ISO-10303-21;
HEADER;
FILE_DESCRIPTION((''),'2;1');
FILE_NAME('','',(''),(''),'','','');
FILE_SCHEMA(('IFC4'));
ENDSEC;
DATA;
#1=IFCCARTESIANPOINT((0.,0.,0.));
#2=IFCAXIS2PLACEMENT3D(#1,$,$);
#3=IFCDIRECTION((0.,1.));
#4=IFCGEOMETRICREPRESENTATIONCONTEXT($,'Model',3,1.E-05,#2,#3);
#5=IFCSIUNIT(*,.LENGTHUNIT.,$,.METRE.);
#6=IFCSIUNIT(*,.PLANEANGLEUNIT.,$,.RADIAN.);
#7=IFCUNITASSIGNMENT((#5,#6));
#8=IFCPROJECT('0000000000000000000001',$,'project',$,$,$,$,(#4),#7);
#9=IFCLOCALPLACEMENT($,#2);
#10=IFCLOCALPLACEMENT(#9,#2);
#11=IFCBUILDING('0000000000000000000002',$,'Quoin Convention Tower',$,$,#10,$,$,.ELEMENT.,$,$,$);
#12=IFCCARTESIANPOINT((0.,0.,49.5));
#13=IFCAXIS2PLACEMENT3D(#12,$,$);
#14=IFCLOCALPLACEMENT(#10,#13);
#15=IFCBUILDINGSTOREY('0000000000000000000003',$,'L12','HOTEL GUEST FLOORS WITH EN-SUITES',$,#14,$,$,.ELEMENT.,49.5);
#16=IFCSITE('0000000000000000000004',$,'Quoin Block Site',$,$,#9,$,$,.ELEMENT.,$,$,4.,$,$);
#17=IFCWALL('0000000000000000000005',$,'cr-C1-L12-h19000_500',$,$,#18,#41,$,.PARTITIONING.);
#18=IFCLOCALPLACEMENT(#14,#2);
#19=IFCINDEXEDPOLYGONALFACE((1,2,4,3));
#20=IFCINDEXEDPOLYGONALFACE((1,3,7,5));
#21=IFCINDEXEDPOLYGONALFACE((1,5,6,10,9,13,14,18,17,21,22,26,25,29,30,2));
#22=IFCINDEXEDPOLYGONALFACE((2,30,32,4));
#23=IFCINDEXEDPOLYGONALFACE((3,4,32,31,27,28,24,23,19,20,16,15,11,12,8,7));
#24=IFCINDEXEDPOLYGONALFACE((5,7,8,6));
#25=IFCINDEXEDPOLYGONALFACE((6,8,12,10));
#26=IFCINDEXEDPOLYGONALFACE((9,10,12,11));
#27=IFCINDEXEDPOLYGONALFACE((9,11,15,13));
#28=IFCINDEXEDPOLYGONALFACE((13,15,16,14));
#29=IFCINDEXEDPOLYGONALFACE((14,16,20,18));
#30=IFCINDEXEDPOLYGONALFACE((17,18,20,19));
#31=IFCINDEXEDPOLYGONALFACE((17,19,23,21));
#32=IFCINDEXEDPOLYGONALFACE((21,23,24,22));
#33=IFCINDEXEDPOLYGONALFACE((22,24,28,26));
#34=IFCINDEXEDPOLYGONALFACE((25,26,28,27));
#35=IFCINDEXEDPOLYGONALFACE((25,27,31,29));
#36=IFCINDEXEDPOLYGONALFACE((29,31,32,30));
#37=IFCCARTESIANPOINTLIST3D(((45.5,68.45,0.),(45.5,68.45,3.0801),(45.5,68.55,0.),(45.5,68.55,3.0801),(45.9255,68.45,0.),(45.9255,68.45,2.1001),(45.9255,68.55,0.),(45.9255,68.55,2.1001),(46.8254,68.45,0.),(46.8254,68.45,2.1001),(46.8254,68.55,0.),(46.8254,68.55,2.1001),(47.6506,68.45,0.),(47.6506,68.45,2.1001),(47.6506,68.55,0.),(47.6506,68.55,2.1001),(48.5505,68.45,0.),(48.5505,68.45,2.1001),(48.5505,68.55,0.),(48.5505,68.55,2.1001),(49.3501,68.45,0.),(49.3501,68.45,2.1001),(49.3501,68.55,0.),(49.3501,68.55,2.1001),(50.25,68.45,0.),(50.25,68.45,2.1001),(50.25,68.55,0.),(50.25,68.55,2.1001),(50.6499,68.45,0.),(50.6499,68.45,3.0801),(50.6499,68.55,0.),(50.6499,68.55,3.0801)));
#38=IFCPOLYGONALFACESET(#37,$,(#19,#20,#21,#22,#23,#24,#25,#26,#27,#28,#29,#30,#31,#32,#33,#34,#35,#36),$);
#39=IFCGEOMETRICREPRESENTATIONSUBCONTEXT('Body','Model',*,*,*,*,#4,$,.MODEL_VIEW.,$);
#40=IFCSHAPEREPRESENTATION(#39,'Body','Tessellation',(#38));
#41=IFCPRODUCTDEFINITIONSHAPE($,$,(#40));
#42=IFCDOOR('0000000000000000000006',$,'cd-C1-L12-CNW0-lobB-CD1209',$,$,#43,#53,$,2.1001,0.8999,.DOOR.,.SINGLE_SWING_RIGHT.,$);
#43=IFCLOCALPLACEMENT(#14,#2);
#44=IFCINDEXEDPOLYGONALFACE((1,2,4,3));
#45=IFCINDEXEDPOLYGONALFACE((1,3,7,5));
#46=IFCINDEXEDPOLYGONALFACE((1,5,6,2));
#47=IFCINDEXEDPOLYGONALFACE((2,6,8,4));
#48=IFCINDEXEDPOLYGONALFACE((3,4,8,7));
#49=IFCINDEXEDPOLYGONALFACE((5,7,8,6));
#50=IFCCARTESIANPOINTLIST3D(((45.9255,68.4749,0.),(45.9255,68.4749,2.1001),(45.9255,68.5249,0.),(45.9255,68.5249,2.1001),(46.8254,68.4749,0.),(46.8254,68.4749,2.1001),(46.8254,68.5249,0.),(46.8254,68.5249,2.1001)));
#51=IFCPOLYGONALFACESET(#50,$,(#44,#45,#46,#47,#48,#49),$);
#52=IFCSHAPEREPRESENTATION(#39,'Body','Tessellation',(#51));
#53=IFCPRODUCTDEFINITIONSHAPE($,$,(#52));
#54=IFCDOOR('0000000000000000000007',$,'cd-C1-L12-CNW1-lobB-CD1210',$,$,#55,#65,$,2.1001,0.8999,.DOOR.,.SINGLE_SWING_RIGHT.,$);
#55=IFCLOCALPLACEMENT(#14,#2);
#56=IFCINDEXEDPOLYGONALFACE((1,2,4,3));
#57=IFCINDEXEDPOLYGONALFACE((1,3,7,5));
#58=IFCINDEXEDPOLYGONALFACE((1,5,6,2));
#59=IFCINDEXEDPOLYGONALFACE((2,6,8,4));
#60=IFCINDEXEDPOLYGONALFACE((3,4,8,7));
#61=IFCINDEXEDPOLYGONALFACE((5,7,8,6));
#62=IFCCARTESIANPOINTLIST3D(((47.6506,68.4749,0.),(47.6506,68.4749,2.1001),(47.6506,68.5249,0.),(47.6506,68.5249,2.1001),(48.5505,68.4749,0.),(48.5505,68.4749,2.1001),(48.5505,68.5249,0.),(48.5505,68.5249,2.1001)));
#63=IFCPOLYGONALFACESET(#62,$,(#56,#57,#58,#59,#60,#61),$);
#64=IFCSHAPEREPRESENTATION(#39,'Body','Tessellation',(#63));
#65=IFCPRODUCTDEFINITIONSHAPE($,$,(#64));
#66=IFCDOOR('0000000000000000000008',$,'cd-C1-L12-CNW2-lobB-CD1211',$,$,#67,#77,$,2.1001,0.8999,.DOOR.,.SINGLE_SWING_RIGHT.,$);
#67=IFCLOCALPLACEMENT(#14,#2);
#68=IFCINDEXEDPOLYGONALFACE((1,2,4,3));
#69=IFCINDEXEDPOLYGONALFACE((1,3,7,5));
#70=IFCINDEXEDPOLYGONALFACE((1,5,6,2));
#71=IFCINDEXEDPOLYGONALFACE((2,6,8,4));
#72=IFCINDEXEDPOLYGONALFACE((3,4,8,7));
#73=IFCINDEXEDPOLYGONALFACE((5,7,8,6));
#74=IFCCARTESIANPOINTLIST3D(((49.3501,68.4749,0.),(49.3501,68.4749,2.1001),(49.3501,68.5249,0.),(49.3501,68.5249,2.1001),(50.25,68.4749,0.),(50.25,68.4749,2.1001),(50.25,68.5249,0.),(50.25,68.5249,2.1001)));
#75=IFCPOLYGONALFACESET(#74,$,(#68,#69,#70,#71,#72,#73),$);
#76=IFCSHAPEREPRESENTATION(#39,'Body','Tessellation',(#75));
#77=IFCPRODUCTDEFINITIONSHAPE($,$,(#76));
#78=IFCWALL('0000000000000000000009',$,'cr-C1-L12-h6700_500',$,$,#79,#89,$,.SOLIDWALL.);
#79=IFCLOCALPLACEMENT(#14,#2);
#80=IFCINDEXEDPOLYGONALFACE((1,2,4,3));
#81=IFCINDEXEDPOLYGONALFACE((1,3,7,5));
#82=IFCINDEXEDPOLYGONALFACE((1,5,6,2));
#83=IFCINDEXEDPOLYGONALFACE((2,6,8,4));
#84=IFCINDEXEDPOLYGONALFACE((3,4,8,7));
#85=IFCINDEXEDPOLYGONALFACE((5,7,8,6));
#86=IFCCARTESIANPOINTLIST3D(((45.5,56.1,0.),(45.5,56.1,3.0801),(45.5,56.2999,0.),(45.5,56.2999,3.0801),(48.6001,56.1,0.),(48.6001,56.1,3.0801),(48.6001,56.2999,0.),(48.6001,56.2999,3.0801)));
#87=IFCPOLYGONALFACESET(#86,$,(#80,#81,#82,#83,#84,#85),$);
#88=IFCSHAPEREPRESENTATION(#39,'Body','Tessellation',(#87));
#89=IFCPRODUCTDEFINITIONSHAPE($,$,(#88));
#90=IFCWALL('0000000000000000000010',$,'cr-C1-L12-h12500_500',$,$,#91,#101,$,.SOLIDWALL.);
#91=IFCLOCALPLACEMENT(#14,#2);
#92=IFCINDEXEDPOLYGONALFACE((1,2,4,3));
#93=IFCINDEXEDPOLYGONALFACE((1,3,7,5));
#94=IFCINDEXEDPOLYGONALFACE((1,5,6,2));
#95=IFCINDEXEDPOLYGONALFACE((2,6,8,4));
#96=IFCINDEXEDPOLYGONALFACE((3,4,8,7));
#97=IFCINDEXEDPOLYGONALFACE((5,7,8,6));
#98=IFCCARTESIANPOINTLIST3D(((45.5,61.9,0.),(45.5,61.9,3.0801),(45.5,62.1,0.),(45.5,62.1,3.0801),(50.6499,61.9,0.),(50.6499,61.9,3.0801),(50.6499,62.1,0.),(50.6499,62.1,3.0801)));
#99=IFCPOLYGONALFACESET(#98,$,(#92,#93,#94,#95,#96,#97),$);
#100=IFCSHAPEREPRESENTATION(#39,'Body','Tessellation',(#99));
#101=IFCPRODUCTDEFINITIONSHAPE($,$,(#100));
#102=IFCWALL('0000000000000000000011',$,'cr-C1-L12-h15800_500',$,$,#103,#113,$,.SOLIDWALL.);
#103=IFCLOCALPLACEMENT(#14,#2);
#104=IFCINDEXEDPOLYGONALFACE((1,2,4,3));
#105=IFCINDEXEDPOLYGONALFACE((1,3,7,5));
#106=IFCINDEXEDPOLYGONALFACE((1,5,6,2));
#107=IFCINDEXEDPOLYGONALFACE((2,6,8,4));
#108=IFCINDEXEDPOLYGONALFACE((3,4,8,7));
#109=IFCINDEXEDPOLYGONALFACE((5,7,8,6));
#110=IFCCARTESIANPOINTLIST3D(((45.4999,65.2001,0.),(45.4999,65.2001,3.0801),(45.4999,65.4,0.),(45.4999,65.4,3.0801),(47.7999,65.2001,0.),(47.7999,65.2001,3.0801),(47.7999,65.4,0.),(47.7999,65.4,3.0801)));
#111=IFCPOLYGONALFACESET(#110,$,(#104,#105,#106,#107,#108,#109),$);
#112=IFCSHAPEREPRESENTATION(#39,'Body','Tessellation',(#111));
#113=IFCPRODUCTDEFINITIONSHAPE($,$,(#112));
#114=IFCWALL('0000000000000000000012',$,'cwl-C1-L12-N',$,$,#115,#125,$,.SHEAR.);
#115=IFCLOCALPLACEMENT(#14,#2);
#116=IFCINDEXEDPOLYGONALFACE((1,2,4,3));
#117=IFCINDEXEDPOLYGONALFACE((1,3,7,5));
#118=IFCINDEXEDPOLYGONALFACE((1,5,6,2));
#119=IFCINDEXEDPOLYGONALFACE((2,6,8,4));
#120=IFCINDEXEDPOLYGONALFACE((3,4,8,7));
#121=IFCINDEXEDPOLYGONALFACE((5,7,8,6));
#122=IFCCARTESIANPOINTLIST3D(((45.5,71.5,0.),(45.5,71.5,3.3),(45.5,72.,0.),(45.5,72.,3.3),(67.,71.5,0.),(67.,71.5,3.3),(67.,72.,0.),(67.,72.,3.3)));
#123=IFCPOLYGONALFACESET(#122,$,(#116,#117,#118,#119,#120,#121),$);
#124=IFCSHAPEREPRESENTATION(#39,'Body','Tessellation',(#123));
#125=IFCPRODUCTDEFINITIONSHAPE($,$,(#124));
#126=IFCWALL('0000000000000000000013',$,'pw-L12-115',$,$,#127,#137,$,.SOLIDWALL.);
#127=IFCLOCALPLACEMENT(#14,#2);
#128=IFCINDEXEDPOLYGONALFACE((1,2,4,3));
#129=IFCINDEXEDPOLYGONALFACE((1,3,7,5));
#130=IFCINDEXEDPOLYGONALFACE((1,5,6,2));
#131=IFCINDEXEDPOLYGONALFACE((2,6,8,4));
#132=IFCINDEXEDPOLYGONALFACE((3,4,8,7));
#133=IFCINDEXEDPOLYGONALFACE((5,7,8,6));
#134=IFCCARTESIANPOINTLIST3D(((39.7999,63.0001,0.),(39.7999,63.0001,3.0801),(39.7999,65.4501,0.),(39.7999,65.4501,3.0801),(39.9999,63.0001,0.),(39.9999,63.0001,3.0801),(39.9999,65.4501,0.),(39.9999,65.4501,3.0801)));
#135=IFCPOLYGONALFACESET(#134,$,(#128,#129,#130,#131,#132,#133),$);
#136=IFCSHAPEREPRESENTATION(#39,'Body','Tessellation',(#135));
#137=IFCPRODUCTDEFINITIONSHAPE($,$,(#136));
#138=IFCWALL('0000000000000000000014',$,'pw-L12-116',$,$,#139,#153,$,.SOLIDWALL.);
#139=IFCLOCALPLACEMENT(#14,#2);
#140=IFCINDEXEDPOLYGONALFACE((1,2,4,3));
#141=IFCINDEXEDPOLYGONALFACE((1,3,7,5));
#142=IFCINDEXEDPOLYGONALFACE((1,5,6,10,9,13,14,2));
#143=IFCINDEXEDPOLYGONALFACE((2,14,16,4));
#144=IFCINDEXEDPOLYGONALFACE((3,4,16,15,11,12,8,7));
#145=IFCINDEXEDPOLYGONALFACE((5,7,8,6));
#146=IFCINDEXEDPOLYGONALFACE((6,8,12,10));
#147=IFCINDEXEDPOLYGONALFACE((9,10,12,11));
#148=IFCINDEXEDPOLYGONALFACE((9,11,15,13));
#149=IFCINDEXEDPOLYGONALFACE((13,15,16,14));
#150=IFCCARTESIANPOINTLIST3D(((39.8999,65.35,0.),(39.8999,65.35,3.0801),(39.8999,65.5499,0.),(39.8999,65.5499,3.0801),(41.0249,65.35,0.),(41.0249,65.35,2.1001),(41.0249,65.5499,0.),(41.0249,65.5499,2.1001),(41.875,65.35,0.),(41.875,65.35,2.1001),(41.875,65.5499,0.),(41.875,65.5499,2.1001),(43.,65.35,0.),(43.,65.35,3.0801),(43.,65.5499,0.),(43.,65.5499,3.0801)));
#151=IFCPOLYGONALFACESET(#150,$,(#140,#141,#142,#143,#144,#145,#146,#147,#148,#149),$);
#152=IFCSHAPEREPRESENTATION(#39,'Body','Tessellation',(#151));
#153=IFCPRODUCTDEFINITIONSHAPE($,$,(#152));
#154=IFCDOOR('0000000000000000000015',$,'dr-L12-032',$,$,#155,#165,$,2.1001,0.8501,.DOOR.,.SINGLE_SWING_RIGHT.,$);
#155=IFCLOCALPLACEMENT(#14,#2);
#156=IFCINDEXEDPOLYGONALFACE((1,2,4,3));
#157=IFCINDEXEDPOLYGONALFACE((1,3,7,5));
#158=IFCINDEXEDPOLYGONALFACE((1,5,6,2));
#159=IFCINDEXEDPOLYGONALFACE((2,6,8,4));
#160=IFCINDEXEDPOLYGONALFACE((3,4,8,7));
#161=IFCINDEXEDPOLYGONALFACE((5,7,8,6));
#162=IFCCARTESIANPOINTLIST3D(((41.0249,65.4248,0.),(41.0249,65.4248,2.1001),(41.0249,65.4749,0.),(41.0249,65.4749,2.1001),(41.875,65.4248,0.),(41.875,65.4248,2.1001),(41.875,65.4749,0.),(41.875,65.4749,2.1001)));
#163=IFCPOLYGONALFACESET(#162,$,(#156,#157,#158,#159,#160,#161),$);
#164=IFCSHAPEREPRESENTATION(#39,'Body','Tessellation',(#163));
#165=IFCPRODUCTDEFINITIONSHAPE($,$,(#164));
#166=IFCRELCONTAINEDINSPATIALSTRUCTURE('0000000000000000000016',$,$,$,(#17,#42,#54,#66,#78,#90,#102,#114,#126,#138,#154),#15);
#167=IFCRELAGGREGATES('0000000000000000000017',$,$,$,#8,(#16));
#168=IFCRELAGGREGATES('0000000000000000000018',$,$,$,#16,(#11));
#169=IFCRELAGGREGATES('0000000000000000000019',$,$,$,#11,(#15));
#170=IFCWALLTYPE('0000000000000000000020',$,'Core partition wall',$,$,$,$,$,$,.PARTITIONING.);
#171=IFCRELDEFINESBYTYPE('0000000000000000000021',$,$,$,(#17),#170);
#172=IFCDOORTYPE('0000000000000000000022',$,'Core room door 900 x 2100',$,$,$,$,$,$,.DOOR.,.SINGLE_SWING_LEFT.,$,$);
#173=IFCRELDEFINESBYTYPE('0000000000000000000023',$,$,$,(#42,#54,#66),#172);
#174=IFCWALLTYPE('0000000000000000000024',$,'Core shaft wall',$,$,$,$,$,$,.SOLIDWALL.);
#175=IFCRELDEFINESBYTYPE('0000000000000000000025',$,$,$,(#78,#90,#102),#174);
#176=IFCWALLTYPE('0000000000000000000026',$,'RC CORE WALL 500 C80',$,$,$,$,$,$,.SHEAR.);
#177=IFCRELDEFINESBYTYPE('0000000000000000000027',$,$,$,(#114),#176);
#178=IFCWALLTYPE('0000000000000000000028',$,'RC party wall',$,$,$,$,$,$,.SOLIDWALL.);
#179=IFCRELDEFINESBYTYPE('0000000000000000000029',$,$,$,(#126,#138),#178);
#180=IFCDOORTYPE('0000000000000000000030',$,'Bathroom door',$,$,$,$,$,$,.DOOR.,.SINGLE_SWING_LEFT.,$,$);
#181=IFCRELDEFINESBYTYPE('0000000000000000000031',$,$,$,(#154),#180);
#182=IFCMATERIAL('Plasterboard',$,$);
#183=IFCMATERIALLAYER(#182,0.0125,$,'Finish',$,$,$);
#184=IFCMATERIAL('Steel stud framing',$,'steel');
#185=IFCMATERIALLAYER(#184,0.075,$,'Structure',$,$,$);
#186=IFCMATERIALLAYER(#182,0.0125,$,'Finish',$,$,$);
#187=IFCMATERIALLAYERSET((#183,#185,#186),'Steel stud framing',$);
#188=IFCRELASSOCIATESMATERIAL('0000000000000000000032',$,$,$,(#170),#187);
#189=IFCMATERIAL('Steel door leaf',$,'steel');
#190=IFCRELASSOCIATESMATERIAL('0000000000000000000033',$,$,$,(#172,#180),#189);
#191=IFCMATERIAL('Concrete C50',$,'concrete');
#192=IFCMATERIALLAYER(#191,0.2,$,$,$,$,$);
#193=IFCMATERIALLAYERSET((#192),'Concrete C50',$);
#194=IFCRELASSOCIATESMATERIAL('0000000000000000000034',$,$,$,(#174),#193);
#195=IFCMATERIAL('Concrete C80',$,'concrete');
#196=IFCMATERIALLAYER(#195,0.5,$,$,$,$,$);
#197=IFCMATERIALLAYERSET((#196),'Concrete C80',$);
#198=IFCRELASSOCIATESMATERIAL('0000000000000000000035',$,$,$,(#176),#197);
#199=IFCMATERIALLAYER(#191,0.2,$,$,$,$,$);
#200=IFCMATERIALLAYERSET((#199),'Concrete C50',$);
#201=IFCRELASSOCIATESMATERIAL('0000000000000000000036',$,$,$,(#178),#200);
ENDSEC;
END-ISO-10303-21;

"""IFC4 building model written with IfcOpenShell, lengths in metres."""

from ifc_helpers import new_model, si_unit, direction, frame, frame_2d, origin, place, context, subcontext, project, spatial, rectangle, extrude, material, layer, layer_set, type_object, element, fill, save


model = new_model("IFC4")

# Units and contexts
model_context = context("Model", 3, precision=1e-05, world=origin(), true_north=direction((0.0, 1.0)))
body_context = subcontext(model_context, "Body", "Model", "MODEL_VIEW")
ifc_project = project(units=[si_unit("LENGTHUNIT", "METRE"), si_unit("PLANEANGLEUNIT", "RADIAN")], contexts=[model_context])

# Site, building, storey
site_placement = place(None, origin())
site = spatial("IfcSite", under=ifc_project, at=site_placement, Name="Quoin Block Site", CompositionType="ELEMENT", RefElevation=4.0)
building_placement = place(site_placement, origin())
building = spatial("IfcBuilding", under=site, at=building_placement, Name="Quoin Convention Tower", CompositionType="ELEMENT")
storey_placement = place(building_placement, frame((0.0, 0.0, 49.5)))
storey = spatial("IfcBuildingStorey", under=building, at=storey_placement, Name="L12", Description="HOTEL GUEST FLOORS WITH EN-SUITES", CompositionType="ELEMENT", Elevation=49.5)

# Wall, openings, doors
ifc_material_1 = material(Name="Plasterboard")
ifc_layer_1 = layer(ifc_material_1, 0.0125, Name="Finish")
ifc_material_2 = material(Name="Steel stud framing", Category="steel")
ifc_layer_2 = layer(ifc_material_2, 0.075, Name="Structure")
ifc_layer_3 = layer(ifc_material_1, 0.0125, Name="Finish")
ifc_layer_set_1 = layer_set([ifc_layer_1, ifc_layer_2, ifc_layer_3], Name="Steel stud framing")
wall_type_1 = type_object("IfcWallType", Name="Core partition wall", PredefinedType="PARTITIONING", material=ifc_layer_set_1)
wall_1_placement = place(storey_placement, frame((45.5, 68.5, 0.0), z_axis=(0.0, 0.0, 1.0), x_axis=(1.0, 0.0, 0.0)))
wall_1 = element("IfcWall", 1, at=wall_1_placement, inside=storey, type_object=wall_type_1, Name="cr-C1-L12-h19000_500", PredefinedType="PARTITIONING", context=body_context, shape_type="SweptSolid", body=[
    extrude(rectangle(XDim=5.1499, YDim=0.1001, at=frame_2d((2.575, 0.0))), origin(), (0.0, 0.0, 1.0), 3.0801),
])
opening_1_placement = place(wall_1_placement, frame((0.4255, 0.0, 0.0)))
opening_1 = element("IfcOpeningElement", 2, at=opening_1_placement, cuts=wall_1, PredefinedType="OPENING", context=body_context, shape_type="SweptSolid", body=[
    extrude(rectangle(XDim=0.8999, YDim=2.1001, at=frame_2d((0.45, 1.05))), frame((0.0, 0.0601, 0.0), z_axis=(0.0, -1.0, 0.0), x_axis=(1.0, 0.0, 0.0)), (0.0, 0.0, 1.0), 0.1201),
])
opening_2_placement = place(wall_1_placement, frame((2.1506, 0.0, 0.0)))
opening_2 = element("IfcOpeningElement", 3, at=opening_2_placement, cuts=wall_1, PredefinedType="OPENING", context=body_context, shape_type="SweptSolid", body=[
    extrude(rectangle(XDim=0.8999, YDim=2.1001, at=frame_2d((0.45, 1.05))), frame((0.0, 0.0601, 0.0), z_axis=(0.0, -1.0, 0.0), x_axis=(1.0, 0.0, 0.0)), (0.0, 0.0, 1.0), 0.1201),
])
opening_3_placement = place(wall_1_placement, frame((3.8501, 0.0, 0.0)))
opening_3 = element("IfcOpeningElement", 4, at=opening_3_placement, cuts=wall_1, PredefinedType="OPENING", context=body_context, shape_type="SweptSolid", body=[
    extrude(rectangle(XDim=0.8999, YDim=2.1001, at=frame_2d((0.45, 1.05))), frame((0.0, 0.0601, 0.0), z_axis=(0.0, -1.0, 0.0), x_axis=(1.0, 0.0, 0.0)), (0.0, 0.0, 1.0), 0.1201),
])
ifc_material_3 = material(Name="Steel door leaf", Category="steel")
door_type_1 = type_object("IfcDoorType", Name="Core room door 900 x 2100", OperationType="SINGLE_SWING_LEFT", PredefinedType="DOOR", material=ifc_material_3)
door_1_placement = place(opening_1_placement, origin())
door_1 = element("IfcDoor", 5, at=door_1_placement, inside=storey, type_object=door_type_1, Name="cd-C1-L12-CNW0-lobB-CD1209", OperationType="SINGLE_SWING_RIGHT", OverallHeight=2.1001, OverallWidth=0.8999, PredefinedType="DOOR", context=body_context, shape_type="SweptSolid", body=[
    extrude(rectangle(XDim=0.8999, YDim=2.1001, at=frame_2d((0.45, 1.05))), frame((0.0, 0.0249, 0.0), z_axis=(0.0, -1.0, 0.0), x_axis=(1.0, 0.0, 0.0)), (0.0, 0.0, 1.0), 0.05),
])
fill(opening_1, door_1)
door_2_placement = place(opening_2_placement, origin())
door_2 = element("IfcDoor", 6, at=door_2_placement, inside=storey, type_object=door_type_1, Name="cd-C1-L12-CNW1-lobB-CD1210", OperationType="SINGLE_SWING_RIGHT", OverallHeight=2.1001, OverallWidth=0.8999, PredefinedType="DOOR", context=body_context, shape_type="SweptSolid", body=[
    extrude(rectangle(XDim=0.8999, YDim=2.1001, at=frame_2d((0.45, 1.05))), frame((0.0, 0.0249, 0.0), z_axis=(0.0, -1.0, 0.0), x_axis=(1.0, 0.0, 0.0)), (0.0, 0.0, 1.0), 0.05),
])
fill(opening_2, door_2)
door_3_placement = place(opening_3_placement, origin())
door_3 = element("IfcDoor", 7, at=door_3_placement, inside=storey, type_object=door_type_1, Name="cd-C1-L12-CNW2-lobB-CD1211", OperationType="SINGLE_SWING_RIGHT", OverallHeight=2.1001, OverallWidth=0.8999, PredefinedType="DOOR", context=body_context, shape_type="SweptSolid", body=[
    extrude(rectangle(XDim=0.8999, YDim=2.1001, at=frame_2d((0.45, 1.05))), frame((0.0, 0.0249, 0.0), z_axis=(0.0, -1.0, 0.0), x_axis=(1.0, 0.0, 0.0)), (0.0, 0.0, 1.0), 0.05),
])
fill(opening_3, door_3)

# Walls
ifc_material_4 = material(Name="Concrete C50", Category="concrete")
ifc_layer_4 = layer(ifc_material_4, 0.2)
ifc_layer_set_2 = layer_set([ifc_layer_4], Name="Concrete C50")
wall_type_2 = type_object("IfcWallType", Name="Core shaft wall", PredefinedType="SOLIDWALL", material=ifc_layer_set_2)
wall_2_placement = place(storey_placement, frame((45.5, 56.2, 0.0), z_axis=(0.0, 0.0, 1.0), x_axis=(1.0, 0.0, 0.0)))
element("IfcWall", 8, at=wall_2_placement, inside=storey, type_object=wall_type_2, Name="cr-C1-L12-h6700_500", PredefinedType="SOLIDWALL", context=body_context, shape_type="SweptSolid", body=[
    extrude(rectangle(XDim=3.1001, YDim=0.2, at=frame_2d((1.55, 0.0))), origin(), (0.0, 0.0, 1.0), 3.0801),
])
wall_3_placement = place(storey_placement, frame((45.5, 62.0, 0.0), z_axis=(0.0, 0.0, 1.0), x_axis=(1.0, 0.0, 0.0)))
element("IfcWall", 9, at=wall_3_placement, inside=storey, type_object=wall_type_2, Name="cr-C1-L12-h12500_500", PredefinedType="SOLIDWALL", context=body_context, shape_type="SweptSolid", body=[
    extrude(rectangle(XDim=5.1499, YDim=0.2, at=frame_2d((2.575, 0.0))), origin(), (0.0, 0.0, 1.0), 3.0801),
])
wall_4_placement = place(storey_placement, frame((45.5, 65.3, 0.0), z_axis=(0.0, 0.0, 1.0), x_axis=(1.0, 0.0, 0.0)))
element("IfcWall", 10, at=wall_4_placement, inside=storey, type_object=wall_type_2, Name="cr-C1-L12-h15800_500", PredefinedType="SOLIDWALL", context=body_context, shape_type="SweptSolid", body=[
    extrude(rectangle(XDim=2.3, YDim=0.2, at=frame_2d((1.1499, 0.0))), origin(), (0.0, 0.0, 1.0), 3.0801),
])
ifc_material_5 = material(Name="Concrete C80", Category="concrete")
ifc_layer_5 = layer(ifc_material_5, 0.5)
ifc_layer_set_3 = layer_set([ifc_layer_5], Name="Concrete C80")
wall_type_3 = type_object("IfcWallType", Name="RC CORE WALL 500 C80", PredefinedType="SHEAR", material=ifc_layer_set_3)
wall_5_placement = place(storey_placement, frame((45.5, 71.75, 0.0), z_axis=(0.0, 0.0, 1.0), x_axis=(1.0, 0.0, 0.0)))
element("IfcWall", 11, at=wall_5_placement, inside=storey, type_object=wall_type_3, Name="cwl-C1-L12-N", PredefinedType="SHEAR", context=body_context, shape_type="SweptSolid", body=[
    extrude(rectangle(XDim=21.5, YDim=0.5, at=frame_2d((10.75, 0.0))), origin(), (0.0, 0.0, 1.0), 3.3),
])
ifc_layer_6 = layer(ifc_material_4, 0.2)
ifc_layer_set_4 = layer_set([ifc_layer_6], Name="Concrete C50")
wall_type_4 = type_object("IfcWallType", Name="RC party wall", PredefinedType="SOLIDWALL", material=ifc_layer_set_4)
wall_6_placement = place(storey_placement, frame((39.8999, 63.0, 0.0), z_axis=(0.0, 0.0, 1.0), x_axis=(0.0, 1.0, 0.0)))
element("IfcWall", 12, at=wall_6_placement, inside=storey, type_object=wall_type_4, Name="pw-L12-115", PredefinedType="SOLIDWALL", context=body_context, shape_type="SweptSolid", body=[
    extrude(rectangle(XDim=2.45, YDim=0.2, at=frame_2d((1.2251, 0.0))), origin(), (0.0, 0.0, 1.0), 3.0801),
])

# Wall, opening, door
wall_7_placement = place(storey_placement, frame((39.8999, 65.45, 0.0), z_axis=(0.0, 0.0, 1.0), x_axis=(1.0, 0.0, 0.0)))
wall_7 = element("IfcWall", 13, at=wall_7_placement, inside=storey, type_object=wall_type_4, Name="pw-L12-116", PredefinedType="SOLIDWALL", context=body_context, shape_type="SweptSolid", body=[
    extrude(rectangle(XDim=3.1001, YDim=0.2, at=frame_2d((1.55, 0.0))), origin(), (0.0, 0.0, 1.0), 3.0801),
])
opening_4_placement = place(wall_7_placement, frame((1.125, 0.0, 0.0)))
opening_4 = element("IfcOpeningElement", 14, at=opening_4_placement, cuts=wall_7, PredefinedType="OPENING", context=body_context, shape_type="SweptSolid", body=[
    extrude(rectangle(XDim=0.8501, YDim=2.1001, at=frame_2d((0.425, 1.05))), frame((0.0, 0.1099, 0.0), z_axis=(0.0, -1.0, 0.0), x_axis=(1.0, 0.0, 0.0)), (0.0, 0.0, 1.0), 0.22),
])
door_type_2 = type_object("IfcDoorType", Name="Bathroom door", OperationType="SINGLE_SWING_LEFT", PredefinedType="DOOR", material=ifc_material_3)
door_4_placement = place(opening_4_placement, origin())
door_4 = element("IfcDoor", 15, at=door_4_placement, inside=storey, type_object=door_type_2, Name="dr-L12-032", OperationType="SINGLE_SWING_RIGHT", OverallHeight=2.1001, OverallWidth=0.8501, PredefinedType="DOOR", context=body_context, shape_type="SweptSolid", body=[
    extrude(rectangle(XDim=0.8501, YDim=2.1001, at=frame_2d((0.425, 1.05))), frame((0.0, 0.0249, 0.0), z_axis=(0.0, -1.0, 0.0), x_axis=(1.0, 0.0, 0.0)), (0.0, 0.0, 1.0), 0.05),
])
fill(opening_4, door_4)

save(model, "model.ifc")
